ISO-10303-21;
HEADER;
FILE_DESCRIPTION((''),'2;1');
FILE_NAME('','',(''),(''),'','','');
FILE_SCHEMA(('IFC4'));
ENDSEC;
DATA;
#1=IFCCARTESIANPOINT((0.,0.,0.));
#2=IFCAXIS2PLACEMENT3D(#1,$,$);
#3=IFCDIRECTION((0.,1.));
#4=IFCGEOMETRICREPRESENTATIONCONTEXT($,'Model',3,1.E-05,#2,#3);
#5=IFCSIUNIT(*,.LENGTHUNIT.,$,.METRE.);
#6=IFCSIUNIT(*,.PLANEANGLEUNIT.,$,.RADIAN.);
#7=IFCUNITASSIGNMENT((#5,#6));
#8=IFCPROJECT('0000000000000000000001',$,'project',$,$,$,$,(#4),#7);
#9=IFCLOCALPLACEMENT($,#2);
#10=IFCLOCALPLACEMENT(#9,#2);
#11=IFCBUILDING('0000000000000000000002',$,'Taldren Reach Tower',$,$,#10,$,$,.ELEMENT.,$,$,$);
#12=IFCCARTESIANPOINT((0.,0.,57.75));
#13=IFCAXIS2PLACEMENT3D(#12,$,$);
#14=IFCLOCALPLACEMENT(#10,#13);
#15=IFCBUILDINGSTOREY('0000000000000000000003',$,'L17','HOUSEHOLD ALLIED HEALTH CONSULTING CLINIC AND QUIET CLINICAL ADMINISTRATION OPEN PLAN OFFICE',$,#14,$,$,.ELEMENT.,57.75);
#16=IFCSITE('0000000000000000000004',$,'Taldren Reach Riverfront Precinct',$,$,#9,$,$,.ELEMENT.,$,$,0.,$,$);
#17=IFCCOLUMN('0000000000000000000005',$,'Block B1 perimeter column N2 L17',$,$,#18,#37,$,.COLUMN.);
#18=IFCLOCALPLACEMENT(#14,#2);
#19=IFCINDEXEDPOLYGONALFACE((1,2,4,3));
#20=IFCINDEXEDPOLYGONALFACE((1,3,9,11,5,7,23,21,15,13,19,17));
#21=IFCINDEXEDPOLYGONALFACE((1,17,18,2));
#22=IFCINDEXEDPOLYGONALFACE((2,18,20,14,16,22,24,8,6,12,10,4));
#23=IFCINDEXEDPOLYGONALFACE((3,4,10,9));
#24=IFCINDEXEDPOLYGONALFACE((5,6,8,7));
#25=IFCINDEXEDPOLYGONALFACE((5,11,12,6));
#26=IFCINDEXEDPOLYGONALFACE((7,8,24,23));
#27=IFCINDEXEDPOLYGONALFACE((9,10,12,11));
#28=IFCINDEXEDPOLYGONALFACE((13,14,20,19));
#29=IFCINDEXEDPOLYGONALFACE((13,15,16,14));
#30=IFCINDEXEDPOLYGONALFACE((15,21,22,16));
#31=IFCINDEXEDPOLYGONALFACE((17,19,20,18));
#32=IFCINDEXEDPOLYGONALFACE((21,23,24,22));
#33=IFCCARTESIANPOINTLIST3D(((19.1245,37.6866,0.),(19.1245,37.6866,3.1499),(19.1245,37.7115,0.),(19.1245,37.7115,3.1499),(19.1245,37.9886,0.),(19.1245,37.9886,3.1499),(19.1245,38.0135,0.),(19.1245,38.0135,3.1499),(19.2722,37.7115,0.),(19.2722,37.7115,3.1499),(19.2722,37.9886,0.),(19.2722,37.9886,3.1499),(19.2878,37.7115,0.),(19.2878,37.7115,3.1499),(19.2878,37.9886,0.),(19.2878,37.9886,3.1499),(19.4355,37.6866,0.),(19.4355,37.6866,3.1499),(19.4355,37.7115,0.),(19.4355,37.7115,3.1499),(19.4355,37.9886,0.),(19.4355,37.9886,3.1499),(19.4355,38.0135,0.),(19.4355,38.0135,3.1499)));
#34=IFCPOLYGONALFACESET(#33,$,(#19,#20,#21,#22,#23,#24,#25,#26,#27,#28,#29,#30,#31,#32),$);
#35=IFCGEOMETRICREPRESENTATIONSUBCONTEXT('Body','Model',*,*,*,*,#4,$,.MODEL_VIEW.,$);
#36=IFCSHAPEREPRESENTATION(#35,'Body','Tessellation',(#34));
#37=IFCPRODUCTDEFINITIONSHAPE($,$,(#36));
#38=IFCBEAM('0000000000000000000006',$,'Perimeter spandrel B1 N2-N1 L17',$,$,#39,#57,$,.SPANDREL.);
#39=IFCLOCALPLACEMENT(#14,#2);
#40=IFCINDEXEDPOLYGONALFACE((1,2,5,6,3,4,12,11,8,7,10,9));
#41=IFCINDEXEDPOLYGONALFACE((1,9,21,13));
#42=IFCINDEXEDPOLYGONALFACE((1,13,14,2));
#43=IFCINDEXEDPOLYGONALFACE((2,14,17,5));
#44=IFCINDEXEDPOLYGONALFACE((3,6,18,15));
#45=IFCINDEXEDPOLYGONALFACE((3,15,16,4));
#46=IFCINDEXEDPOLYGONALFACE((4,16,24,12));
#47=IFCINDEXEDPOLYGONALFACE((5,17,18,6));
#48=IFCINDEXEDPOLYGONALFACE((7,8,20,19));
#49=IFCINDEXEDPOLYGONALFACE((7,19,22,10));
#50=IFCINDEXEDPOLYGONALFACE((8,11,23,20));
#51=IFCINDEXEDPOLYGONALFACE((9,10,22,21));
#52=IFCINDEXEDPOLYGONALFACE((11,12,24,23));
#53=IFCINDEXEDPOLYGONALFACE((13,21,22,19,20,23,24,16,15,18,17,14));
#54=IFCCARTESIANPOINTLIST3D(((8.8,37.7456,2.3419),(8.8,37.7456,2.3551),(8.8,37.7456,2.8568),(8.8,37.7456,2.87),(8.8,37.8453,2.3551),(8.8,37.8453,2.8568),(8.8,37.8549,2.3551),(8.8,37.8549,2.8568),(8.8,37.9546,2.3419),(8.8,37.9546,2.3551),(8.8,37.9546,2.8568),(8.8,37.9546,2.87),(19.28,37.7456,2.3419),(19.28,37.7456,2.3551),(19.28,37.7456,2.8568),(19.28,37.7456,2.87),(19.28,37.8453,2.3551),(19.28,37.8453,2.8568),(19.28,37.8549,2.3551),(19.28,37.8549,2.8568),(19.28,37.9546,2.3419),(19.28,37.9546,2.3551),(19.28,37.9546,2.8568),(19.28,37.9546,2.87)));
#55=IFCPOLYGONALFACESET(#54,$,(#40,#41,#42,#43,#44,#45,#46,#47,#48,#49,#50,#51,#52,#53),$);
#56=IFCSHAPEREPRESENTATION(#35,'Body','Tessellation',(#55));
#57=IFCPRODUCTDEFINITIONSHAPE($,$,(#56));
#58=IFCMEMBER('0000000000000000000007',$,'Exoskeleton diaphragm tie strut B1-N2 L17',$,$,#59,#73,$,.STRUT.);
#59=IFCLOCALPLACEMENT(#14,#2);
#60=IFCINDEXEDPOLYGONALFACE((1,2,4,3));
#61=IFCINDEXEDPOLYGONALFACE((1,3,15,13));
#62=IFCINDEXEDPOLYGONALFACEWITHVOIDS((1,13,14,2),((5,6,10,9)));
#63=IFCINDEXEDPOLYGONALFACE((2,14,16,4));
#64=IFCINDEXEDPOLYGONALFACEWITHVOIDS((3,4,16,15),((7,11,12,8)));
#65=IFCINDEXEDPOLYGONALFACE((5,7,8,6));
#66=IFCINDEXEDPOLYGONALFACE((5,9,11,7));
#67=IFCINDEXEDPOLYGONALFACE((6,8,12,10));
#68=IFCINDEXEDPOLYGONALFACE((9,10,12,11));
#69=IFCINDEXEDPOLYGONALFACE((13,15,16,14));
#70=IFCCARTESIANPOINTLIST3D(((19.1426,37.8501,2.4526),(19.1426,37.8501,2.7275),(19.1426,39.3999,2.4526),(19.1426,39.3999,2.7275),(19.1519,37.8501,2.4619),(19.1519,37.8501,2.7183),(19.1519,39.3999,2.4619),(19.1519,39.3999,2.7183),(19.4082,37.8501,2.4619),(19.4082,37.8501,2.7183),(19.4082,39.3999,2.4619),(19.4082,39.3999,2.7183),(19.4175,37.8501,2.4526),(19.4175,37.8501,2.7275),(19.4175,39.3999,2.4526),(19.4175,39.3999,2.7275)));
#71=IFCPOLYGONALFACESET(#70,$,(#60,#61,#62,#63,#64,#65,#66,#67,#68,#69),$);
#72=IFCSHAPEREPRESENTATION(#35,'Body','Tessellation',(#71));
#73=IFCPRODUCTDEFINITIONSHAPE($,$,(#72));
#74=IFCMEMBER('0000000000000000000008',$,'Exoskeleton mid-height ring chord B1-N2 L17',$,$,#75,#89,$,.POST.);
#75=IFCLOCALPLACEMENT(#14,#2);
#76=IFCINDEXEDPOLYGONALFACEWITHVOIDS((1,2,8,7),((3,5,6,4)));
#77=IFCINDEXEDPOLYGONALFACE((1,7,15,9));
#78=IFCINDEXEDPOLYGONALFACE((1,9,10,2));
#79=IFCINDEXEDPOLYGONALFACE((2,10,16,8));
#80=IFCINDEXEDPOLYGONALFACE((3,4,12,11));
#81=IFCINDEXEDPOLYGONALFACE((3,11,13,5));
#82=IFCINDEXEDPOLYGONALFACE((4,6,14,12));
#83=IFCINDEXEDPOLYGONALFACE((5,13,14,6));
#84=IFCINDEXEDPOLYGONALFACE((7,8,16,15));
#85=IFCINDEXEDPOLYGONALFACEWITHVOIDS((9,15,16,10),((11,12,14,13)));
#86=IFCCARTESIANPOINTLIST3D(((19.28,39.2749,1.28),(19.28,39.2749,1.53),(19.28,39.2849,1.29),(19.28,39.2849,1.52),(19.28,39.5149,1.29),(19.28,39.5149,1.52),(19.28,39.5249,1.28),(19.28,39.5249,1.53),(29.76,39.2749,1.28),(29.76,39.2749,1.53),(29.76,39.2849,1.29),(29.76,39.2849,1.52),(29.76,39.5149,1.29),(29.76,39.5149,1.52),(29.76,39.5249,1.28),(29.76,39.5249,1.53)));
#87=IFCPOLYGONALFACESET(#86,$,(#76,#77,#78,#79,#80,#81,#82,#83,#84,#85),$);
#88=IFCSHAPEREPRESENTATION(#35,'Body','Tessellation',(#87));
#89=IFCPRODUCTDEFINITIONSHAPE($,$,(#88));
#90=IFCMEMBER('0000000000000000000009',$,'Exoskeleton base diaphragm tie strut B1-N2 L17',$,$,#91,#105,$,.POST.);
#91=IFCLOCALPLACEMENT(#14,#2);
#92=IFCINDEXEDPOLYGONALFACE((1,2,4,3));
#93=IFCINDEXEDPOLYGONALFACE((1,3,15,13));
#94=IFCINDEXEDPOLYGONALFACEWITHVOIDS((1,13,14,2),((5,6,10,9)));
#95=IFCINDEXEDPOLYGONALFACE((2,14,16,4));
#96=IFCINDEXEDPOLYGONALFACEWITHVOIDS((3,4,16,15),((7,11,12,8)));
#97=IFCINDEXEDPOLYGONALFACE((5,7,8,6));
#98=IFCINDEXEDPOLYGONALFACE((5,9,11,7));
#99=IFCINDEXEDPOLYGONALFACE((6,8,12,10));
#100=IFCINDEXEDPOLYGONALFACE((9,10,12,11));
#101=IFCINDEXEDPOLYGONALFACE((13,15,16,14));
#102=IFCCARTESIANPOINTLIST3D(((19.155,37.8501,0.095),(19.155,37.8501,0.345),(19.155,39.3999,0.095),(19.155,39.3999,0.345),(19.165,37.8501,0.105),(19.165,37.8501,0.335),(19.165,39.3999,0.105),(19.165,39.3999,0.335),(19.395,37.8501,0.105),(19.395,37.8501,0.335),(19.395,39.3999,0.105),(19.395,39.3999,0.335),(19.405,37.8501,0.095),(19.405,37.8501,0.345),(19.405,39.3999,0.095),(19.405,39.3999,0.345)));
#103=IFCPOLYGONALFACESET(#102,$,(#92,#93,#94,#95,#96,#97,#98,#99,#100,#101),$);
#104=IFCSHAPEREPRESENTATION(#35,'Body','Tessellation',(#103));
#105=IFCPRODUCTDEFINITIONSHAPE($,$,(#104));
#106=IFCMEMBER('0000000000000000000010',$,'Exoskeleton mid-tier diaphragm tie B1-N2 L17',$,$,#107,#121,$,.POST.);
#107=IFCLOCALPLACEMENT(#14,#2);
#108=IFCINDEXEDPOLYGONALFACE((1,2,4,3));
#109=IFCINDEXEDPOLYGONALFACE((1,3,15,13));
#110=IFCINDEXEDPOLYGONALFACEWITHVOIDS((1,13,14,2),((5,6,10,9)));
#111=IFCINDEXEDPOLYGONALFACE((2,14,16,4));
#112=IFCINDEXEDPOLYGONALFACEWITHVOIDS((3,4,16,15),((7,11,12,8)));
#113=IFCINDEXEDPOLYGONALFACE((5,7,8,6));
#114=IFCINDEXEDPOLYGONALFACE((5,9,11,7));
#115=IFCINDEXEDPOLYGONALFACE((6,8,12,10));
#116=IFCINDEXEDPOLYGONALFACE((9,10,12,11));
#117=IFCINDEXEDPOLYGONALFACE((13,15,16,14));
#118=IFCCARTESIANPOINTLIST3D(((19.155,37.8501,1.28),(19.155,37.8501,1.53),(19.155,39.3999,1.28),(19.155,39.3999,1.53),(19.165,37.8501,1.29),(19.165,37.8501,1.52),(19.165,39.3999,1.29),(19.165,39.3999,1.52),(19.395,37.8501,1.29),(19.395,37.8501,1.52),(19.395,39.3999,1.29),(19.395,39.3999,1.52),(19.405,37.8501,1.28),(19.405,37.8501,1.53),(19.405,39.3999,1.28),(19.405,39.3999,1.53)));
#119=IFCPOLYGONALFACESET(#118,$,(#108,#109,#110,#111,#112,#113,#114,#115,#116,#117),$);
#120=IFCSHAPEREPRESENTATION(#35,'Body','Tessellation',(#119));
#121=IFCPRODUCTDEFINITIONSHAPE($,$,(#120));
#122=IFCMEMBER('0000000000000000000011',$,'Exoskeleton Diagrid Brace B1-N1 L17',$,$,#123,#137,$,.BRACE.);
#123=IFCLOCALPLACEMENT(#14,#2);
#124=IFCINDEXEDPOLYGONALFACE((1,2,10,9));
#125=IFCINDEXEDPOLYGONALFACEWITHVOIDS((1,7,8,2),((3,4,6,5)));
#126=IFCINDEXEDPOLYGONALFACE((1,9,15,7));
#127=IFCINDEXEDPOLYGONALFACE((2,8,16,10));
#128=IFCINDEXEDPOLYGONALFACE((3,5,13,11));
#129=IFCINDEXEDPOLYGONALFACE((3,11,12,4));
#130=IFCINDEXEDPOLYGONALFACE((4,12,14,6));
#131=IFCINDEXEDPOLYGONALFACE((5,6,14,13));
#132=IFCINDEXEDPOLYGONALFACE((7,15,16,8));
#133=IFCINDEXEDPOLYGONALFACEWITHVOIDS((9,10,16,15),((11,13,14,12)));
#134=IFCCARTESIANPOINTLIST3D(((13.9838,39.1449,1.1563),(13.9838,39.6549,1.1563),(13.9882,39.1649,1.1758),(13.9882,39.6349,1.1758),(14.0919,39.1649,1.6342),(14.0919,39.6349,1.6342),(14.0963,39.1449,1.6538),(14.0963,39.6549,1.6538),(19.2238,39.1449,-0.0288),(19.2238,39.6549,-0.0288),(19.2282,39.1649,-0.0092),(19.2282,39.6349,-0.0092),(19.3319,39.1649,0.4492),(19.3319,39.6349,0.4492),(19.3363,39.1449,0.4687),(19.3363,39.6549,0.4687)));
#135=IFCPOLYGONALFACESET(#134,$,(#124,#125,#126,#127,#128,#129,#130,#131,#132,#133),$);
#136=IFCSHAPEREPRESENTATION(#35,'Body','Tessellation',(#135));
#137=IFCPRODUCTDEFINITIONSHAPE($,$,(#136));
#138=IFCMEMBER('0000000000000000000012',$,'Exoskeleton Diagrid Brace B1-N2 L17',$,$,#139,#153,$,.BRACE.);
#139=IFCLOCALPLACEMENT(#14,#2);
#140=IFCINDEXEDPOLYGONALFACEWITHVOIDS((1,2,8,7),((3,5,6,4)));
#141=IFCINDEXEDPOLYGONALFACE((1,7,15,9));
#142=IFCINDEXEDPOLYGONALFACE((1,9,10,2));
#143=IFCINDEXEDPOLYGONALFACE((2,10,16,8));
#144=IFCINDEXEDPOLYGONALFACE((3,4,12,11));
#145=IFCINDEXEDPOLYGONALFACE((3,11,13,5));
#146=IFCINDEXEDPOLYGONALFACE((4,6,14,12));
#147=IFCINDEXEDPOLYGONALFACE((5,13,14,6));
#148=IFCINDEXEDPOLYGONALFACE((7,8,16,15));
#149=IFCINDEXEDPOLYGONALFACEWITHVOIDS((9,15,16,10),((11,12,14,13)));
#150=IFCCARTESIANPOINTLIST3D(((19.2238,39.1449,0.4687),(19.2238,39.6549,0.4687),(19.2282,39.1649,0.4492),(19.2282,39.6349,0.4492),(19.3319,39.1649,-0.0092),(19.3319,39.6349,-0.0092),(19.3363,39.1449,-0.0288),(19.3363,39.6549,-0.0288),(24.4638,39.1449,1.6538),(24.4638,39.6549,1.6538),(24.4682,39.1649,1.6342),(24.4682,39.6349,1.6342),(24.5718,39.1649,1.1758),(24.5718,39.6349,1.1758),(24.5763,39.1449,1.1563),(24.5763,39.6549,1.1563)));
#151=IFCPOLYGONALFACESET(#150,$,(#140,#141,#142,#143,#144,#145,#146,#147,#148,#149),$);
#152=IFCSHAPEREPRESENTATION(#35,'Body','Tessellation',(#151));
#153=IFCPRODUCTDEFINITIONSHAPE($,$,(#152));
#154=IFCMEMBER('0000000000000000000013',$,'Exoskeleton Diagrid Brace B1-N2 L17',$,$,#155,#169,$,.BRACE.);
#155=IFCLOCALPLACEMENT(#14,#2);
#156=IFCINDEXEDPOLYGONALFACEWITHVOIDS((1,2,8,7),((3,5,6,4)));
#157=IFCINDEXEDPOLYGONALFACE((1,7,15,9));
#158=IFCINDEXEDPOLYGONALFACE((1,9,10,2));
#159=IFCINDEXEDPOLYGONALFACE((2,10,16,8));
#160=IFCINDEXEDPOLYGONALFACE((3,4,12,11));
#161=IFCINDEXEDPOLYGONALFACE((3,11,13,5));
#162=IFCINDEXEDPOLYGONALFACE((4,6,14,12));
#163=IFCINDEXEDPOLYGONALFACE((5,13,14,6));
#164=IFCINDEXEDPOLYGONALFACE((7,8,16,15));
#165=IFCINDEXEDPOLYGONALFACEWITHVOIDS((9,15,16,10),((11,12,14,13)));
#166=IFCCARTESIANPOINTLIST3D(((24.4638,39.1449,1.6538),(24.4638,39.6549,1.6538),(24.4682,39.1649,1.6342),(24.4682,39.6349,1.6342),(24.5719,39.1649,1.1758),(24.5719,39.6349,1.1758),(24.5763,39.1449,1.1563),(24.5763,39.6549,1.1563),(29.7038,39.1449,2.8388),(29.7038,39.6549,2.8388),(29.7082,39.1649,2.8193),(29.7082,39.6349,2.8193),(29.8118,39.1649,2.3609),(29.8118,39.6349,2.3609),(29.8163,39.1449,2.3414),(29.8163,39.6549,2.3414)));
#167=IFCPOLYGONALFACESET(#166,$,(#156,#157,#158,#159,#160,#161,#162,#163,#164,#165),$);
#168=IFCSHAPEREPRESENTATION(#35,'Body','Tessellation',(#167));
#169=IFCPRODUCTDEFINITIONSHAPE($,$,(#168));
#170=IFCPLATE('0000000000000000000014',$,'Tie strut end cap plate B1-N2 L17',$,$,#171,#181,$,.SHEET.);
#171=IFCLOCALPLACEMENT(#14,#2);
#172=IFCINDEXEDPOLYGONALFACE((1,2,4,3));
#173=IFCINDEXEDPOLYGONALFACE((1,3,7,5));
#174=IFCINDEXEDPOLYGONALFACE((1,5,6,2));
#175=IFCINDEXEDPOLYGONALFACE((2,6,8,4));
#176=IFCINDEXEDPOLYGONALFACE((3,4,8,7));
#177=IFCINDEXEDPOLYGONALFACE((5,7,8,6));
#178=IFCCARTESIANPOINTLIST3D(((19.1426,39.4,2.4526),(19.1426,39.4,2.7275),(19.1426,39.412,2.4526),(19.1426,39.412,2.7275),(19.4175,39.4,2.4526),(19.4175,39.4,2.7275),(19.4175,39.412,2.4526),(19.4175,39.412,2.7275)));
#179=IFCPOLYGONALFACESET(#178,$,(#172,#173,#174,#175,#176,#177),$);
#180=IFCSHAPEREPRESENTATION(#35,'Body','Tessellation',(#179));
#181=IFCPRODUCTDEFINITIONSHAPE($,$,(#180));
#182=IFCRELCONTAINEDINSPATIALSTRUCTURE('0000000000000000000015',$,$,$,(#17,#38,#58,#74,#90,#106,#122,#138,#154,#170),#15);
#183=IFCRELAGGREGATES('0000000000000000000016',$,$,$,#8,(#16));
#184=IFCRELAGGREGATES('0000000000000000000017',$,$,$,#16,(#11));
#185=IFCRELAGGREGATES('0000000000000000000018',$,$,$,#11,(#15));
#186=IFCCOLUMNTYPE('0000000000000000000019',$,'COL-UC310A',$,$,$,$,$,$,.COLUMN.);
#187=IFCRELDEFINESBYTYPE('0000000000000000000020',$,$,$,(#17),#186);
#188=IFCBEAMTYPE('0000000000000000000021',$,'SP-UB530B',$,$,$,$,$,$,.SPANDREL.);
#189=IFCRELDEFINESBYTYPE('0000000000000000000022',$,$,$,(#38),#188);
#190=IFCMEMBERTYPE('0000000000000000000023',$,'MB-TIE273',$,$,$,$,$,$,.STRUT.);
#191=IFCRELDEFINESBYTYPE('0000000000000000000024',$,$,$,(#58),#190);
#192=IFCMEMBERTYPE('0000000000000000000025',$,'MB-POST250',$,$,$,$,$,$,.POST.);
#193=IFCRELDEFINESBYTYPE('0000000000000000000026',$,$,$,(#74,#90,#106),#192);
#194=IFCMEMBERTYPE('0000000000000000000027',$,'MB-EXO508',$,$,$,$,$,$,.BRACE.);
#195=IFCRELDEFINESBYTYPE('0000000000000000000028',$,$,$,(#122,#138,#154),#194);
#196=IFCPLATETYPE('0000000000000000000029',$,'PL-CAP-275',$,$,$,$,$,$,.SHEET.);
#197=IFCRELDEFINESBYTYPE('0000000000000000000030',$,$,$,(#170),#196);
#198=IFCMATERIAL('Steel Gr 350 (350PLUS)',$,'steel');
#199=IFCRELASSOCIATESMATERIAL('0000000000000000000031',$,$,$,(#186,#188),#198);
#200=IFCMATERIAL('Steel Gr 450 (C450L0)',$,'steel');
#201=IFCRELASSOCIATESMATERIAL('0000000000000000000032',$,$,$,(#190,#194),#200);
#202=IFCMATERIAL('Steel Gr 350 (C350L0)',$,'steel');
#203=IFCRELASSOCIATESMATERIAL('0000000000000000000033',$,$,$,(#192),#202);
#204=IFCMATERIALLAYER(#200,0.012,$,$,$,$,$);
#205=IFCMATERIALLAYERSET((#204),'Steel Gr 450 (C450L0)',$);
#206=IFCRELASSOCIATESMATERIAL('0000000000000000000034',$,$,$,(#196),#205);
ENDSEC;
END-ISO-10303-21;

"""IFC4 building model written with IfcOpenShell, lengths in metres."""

from ifc_helpers import new_model, si_unit, direction, frame, origin, origin_2d, place, context, subcontext, project, spatial, rectangle, hollow_rectangle, i_section, extrude, source, transform, mapped, material, layer, layer_set, material_profile, profile_set, type_object, element, save


model = new_model("IFC4")

# Units and contexts
model_context = context("Model", 3, precision=1e-05, world=origin(), true_north=direction((0.0, 1.0)))
body_context = subcontext(model_context, "Body", "Model", "MODEL_VIEW")
ifc_project = project(units=[si_unit("LENGTHUNIT", "METRE"), si_unit("PLANEANGLEUNIT", "RADIAN")], contexts=[model_context])

# Site, building, storey
site_placement = place(None, origin())
site = spatial("IfcSite", under=ifc_project, at=site_placement, Name="Taldren Reach Riverfront Precinct", CompositionType="ELEMENT", RefElevation=0.0)
building_placement = place(site_placement, origin())
building = spatial("IfcBuilding", under=site, at=building_placement, Name="Taldren Reach Tower", CompositionType="ELEMENT")
storey_placement = place(building_placement, frame((0.0, 0.0, 57.75)))
storey = spatial("IfcBuildingStorey", under=building, at=storey_placement, Name="L17", Description="HOUSEHOLD ALLIED HEALTH CONSULTING CLINIC AND QUIET CLINICAL ADMINISTRATION OPEN PLAN OFFICE", CompositionType="ELEMENT", Elevation=57.75)

# Column
ifc_material_1 = material(Name="Steel Gr 350 (350PLUS)", Category="steel")
ifc_material_profile_1 = material_profile(ifc_material_1, i_section(OverallWidth=0.311, OverallDepth=0.3269, WebThickness=0.0156, FlangeThickness=0.0249, at=origin_2d()), Name="310UC158")
ifc_profile_set_1 = profile_set([ifc_material_profile_1], Name="Steel Gr 350 (350PLUS)")
column_type = type_object("IfcColumnType", Name="COL-UC310A", PredefinedType="COLUMN", material=ifc_profile_set_1)
shared_shape_1 = source(origin(), body_context, "Body", "SweptSolid", [
    extrude(i_section(OverallWidth=0.311, OverallDepth=0.3269, WebThickness=0.0156, FlangeThickness=0.0249, at=origin_2d()), origin(), (0.0, 0.0, 1.0), 3.1499),
])
column_placement = place(storey_placement, frame((19.28, 37.8501, 0.0), z_axis=(0.0, 0.0, 1.0), x_axis=(1.0, 0.0, 0.0)))
element("IfcColumn", 1, at=column_placement, inside=storey, type_object=column_type, Name="Block B1 perimeter column N2 L17", PredefinedType="COLUMN", context=body_context, shape_type="MappedRepresentation", body=[
    mapped(shared_shape_1, transform((0.0, 0.0, 0.0), scale=1.0)),
])

# Beam
ifc_material_profile_2 = material_profile(ifc_material_1, i_section(OverallWidth=0.209, OverallDepth=0.5281, WebThickness=0.0095, FlangeThickness=0.0132, at=origin_2d()), Name="530UB82.0")
ifc_profile_set_2 = profile_set([ifc_material_profile_2], Name="Steel Gr 350 (350PLUS)")
beam_type = type_object("IfcBeamType", Name="SP-UB530B", PredefinedType="SPANDREL", material=ifc_profile_set_2)
shared_shape_2 = source(origin(), body_context, "Body", "SweptSolid", [
    extrude(i_section(OverallWidth=0.209, OverallDepth=0.5281, WebThickness=0.0095, FlangeThickness=0.0132, at=origin_2d()), origin(), (0.0, 0.0, 1.0), 10.48),
])
beam_placement = place(storey_placement, frame((19.28, 37.8501, 2.606), z_axis=(-1.0, 0.0, 0.0), x_axis=(0.0, -1.0, 0.0)))
element("IfcBeam", 2, at=beam_placement, inside=storey, type_object=beam_type, Name="Perimeter spandrel B1 N2-N1 L17", PredefinedType="SPANDREL", context=body_context, shape_type="MappedRepresentation", body=[
    mapped(shared_shape_2, transform((0.0, 0.0, 0.0), scale=1.0)),
])

# Members
ifc_material_2 = material(Name="Steel Gr 450 (C450L0)", Category="steel")
ifc_material_profile_3 = material_profile(ifc_material_2, hollow_rectangle(XDim=0.2749, YDim=0.2749, WallThickness=0.0093, at=origin_2d()), Name="275x275x9.3SHS")
ifc_profile_set_3 = profile_set([ifc_material_profile_3], Name="Steel Gr 450 (C450L0)")
member_type_1 = type_object("IfcMemberType", Name="MB-TIE273", PredefinedType="STRUT", material=ifc_profile_set_3)
shared_shape_3 = source(origin(), body_context, "Body", "SweptSolid", [
    extrude(hollow_rectangle(XDim=0.2749, YDim=0.2749, WallThickness=0.0093, at=origin_2d()), origin(), (0.0, 0.0, 1.0), 1.5498),
])
member_1_placement = place(storey_placement, frame((19.28, 37.8501, 2.5901), z_axis=(0.0, 1.0, 0.0), x_axis=(-1.0, 0.0, 0.0)))
element("IfcMember", 3, at=member_1_placement, inside=storey, type_object=member_type_1, Name="Exoskeleton diaphragm tie strut B1-N2 L17", PredefinedType="STRUT", context=body_context, shape_type="MappedRepresentation", body=[
    mapped(shared_shape_3, transform((0.0, 0.0, 0.0), scale=1.0)),
])
ifc_material_3 = material(Name="Steel Gr 350 (C350L0)", Category="steel")
ifc_material_profile_4 = material_profile(ifc_material_3, hollow_rectangle(XDim=0.25, YDim=0.25, WallThickness=0.01, at=origin_2d()), Name="250x250x10.0SHS")
ifc_profile_set_4 = profile_set([ifc_material_profile_4], Name="Steel Gr 350 (C350L0)")
member_type_2 = type_object("IfcMemberType", Name="MB-POST250", PredefinedType="POST", material=ifc_profile_set_4)
shared_shape_4 = source(origin(), body_context, "Body", "SweptSolid", [
    extrude(hollow_rectangle(XDim=0.25, YDim=0.25, WallThickness=0.01, at=origin_2d()), origin(), (0.0, 0.0, 1.0), 10.48),
])
member_2_placement = place(storey_placement, frame((19.28, 39.3999, 1.405), z_axis=(1.0, 0.0, 0.0), x_axis=(0.0, 1.0, 0.0)))
element("IfcMember", 4, at=member_2_placement, inside=storey, type_object=member_type_2, Name="Exoskeleton mid-height ring chord B1-N2 L17", PredefinedType="POST", context=body_context, shape_type="MappedRepresentation", body=[
    mapped(shared_shape_4, transform((0.0, 0.0, 0.0), scale=1.0)),
])
shared_shape_5 = source(origin(), body_context, "Body", "SweptSolid", [
    extrude(hollow_rectangle(XDim=0.25, YDim=0.25, WallThickness=0.01, at=origin_2d()), origin(), (0.0, 0.0, 1.0), 1.5498),
])
for number, where, z_axis, x_axis, name in (
    (5, (19.28, 37.8501, 0.22), (0.0, 1.0, 0.0), (-1.0, 0.0, 0.0), "Exoskeleton base diaphragm tie strut B1-N2 L17"),
    (6, (19.28, 37.8501, 1.405), (0.0, 1.0, 0.0), (-1.0, 0.0, 0.0), "Exoskeleton mid-tier diaphragm tie B1-N2 L17"),
):
    element("IfcMember", number, at=place(storey_placement, frame(where, z_axis=z_axis, x_axis=x_axis)), inside=storey, type_object=member_type_2, Name=name, PredefinedType="POST", context=body_context, shape_type="MappedRepresentation", body=[
        mapped(shared_shape_5, transform((0.0, 0.0, 0.0), scale=1.0)),
    ])
ifc_material_profile_5 = material_profile(ifc_material_2, hollow_rectangle(XDim=0.51, YDim=0.51, WallThickness=0.02, at=origin_2d()), Name="510x510x20.0SHS")
ifc_profile_set_5 = profile_set([ifc_material_profile_5], Name="Steel Gr 450 (C450L0)")
member_type_3 = type_object("IfcMemberType", Name="MB-EXO508", PredefinedType="BRACE", material=ifc_profile_set_5)
shared_shape_6 = source(origin(), body_context, "Body", "SweptSolid", [
    extrude(hollow_rectangle(XDim=0.51, YDim=0.51, WallThickness=0.02, at=origin_2d()), origin(), (0.0, 0.0, 1.0), 5.3723),
])
for number, where, z_axis, x_axis, name in (
    (7, (19.28, 39.3999, 0.22), (-0.975368, 0.0, 0.220586), (0.0, -1.0, 0.0), "Exoskeleton Diagrid Brace B1-N1 L17"),
    (8, (19.28, 39.3999, 0.22), (0.975368, 0.0, 0.220586), (0.0, 1.0, 0.0), "Exoskeleton Diagrid Brace B1-N2 L17"),
    (9, (24.52, 39.3999, 1.405), (0.975368, 0.0, 0.220586), (0.0, 1.0, 0.0), "Exoskeleton Diagrid Brace B1-N2 L17"),
):
    element("IfcMember", number, at=place(storey_placement, frame(where, z_axis=z_axis, x_axis=x_axis)), inside=storey, type_object=member_type_3, Name=name, PredefinedType="BRACE", context=body_context, shape_type="MappedRepresentation", body=[
        mapped(shared_shape_6, transform((0.0, 0.0, 0.0), scale=1.0)),
    ])

# Plate
ifc_layer_1 = layer(ifc_material_2, 0.012)
ifc_layer_set_1 = layer_set([ifc_layer_1], Name="Steel Gr 450 (C450L0)")
plate_type_1 = type_object("IfcPlateType", Name="PL-CAP-275", PredefinedType="SHEET", material=ifc_layer_set_1)
shared_shape_7 = source(origin(), body_context, "Body", "SweptSolid", [
    extrude(rectangle(XDim=0.2749, YDim=0.012, at=origin_2d()), origin(), (0.0, 0.0, 1.0), 0.2749),
])
plate_1_placement = place(storey_placement, frame((19.28, 39.406, 2.4526), z_axis=(0.0, 0.0, 1.0), x_axis=(1.0, 0.0, 0.0)))
element("IfcPlate", 10, at=plate_1_placement, inside=storey, type_object=plate_type_1, Name="Tie strut end cap plate B1-N2 L17", PredefinedType="SHEET", context=body_context, shape_type="MappedRepresentation", body=[
    mapped(shared_shape_7, transform((0.0, 0.0, 0.0), scale=1.0)),
])

save(model, "model.ifc")
